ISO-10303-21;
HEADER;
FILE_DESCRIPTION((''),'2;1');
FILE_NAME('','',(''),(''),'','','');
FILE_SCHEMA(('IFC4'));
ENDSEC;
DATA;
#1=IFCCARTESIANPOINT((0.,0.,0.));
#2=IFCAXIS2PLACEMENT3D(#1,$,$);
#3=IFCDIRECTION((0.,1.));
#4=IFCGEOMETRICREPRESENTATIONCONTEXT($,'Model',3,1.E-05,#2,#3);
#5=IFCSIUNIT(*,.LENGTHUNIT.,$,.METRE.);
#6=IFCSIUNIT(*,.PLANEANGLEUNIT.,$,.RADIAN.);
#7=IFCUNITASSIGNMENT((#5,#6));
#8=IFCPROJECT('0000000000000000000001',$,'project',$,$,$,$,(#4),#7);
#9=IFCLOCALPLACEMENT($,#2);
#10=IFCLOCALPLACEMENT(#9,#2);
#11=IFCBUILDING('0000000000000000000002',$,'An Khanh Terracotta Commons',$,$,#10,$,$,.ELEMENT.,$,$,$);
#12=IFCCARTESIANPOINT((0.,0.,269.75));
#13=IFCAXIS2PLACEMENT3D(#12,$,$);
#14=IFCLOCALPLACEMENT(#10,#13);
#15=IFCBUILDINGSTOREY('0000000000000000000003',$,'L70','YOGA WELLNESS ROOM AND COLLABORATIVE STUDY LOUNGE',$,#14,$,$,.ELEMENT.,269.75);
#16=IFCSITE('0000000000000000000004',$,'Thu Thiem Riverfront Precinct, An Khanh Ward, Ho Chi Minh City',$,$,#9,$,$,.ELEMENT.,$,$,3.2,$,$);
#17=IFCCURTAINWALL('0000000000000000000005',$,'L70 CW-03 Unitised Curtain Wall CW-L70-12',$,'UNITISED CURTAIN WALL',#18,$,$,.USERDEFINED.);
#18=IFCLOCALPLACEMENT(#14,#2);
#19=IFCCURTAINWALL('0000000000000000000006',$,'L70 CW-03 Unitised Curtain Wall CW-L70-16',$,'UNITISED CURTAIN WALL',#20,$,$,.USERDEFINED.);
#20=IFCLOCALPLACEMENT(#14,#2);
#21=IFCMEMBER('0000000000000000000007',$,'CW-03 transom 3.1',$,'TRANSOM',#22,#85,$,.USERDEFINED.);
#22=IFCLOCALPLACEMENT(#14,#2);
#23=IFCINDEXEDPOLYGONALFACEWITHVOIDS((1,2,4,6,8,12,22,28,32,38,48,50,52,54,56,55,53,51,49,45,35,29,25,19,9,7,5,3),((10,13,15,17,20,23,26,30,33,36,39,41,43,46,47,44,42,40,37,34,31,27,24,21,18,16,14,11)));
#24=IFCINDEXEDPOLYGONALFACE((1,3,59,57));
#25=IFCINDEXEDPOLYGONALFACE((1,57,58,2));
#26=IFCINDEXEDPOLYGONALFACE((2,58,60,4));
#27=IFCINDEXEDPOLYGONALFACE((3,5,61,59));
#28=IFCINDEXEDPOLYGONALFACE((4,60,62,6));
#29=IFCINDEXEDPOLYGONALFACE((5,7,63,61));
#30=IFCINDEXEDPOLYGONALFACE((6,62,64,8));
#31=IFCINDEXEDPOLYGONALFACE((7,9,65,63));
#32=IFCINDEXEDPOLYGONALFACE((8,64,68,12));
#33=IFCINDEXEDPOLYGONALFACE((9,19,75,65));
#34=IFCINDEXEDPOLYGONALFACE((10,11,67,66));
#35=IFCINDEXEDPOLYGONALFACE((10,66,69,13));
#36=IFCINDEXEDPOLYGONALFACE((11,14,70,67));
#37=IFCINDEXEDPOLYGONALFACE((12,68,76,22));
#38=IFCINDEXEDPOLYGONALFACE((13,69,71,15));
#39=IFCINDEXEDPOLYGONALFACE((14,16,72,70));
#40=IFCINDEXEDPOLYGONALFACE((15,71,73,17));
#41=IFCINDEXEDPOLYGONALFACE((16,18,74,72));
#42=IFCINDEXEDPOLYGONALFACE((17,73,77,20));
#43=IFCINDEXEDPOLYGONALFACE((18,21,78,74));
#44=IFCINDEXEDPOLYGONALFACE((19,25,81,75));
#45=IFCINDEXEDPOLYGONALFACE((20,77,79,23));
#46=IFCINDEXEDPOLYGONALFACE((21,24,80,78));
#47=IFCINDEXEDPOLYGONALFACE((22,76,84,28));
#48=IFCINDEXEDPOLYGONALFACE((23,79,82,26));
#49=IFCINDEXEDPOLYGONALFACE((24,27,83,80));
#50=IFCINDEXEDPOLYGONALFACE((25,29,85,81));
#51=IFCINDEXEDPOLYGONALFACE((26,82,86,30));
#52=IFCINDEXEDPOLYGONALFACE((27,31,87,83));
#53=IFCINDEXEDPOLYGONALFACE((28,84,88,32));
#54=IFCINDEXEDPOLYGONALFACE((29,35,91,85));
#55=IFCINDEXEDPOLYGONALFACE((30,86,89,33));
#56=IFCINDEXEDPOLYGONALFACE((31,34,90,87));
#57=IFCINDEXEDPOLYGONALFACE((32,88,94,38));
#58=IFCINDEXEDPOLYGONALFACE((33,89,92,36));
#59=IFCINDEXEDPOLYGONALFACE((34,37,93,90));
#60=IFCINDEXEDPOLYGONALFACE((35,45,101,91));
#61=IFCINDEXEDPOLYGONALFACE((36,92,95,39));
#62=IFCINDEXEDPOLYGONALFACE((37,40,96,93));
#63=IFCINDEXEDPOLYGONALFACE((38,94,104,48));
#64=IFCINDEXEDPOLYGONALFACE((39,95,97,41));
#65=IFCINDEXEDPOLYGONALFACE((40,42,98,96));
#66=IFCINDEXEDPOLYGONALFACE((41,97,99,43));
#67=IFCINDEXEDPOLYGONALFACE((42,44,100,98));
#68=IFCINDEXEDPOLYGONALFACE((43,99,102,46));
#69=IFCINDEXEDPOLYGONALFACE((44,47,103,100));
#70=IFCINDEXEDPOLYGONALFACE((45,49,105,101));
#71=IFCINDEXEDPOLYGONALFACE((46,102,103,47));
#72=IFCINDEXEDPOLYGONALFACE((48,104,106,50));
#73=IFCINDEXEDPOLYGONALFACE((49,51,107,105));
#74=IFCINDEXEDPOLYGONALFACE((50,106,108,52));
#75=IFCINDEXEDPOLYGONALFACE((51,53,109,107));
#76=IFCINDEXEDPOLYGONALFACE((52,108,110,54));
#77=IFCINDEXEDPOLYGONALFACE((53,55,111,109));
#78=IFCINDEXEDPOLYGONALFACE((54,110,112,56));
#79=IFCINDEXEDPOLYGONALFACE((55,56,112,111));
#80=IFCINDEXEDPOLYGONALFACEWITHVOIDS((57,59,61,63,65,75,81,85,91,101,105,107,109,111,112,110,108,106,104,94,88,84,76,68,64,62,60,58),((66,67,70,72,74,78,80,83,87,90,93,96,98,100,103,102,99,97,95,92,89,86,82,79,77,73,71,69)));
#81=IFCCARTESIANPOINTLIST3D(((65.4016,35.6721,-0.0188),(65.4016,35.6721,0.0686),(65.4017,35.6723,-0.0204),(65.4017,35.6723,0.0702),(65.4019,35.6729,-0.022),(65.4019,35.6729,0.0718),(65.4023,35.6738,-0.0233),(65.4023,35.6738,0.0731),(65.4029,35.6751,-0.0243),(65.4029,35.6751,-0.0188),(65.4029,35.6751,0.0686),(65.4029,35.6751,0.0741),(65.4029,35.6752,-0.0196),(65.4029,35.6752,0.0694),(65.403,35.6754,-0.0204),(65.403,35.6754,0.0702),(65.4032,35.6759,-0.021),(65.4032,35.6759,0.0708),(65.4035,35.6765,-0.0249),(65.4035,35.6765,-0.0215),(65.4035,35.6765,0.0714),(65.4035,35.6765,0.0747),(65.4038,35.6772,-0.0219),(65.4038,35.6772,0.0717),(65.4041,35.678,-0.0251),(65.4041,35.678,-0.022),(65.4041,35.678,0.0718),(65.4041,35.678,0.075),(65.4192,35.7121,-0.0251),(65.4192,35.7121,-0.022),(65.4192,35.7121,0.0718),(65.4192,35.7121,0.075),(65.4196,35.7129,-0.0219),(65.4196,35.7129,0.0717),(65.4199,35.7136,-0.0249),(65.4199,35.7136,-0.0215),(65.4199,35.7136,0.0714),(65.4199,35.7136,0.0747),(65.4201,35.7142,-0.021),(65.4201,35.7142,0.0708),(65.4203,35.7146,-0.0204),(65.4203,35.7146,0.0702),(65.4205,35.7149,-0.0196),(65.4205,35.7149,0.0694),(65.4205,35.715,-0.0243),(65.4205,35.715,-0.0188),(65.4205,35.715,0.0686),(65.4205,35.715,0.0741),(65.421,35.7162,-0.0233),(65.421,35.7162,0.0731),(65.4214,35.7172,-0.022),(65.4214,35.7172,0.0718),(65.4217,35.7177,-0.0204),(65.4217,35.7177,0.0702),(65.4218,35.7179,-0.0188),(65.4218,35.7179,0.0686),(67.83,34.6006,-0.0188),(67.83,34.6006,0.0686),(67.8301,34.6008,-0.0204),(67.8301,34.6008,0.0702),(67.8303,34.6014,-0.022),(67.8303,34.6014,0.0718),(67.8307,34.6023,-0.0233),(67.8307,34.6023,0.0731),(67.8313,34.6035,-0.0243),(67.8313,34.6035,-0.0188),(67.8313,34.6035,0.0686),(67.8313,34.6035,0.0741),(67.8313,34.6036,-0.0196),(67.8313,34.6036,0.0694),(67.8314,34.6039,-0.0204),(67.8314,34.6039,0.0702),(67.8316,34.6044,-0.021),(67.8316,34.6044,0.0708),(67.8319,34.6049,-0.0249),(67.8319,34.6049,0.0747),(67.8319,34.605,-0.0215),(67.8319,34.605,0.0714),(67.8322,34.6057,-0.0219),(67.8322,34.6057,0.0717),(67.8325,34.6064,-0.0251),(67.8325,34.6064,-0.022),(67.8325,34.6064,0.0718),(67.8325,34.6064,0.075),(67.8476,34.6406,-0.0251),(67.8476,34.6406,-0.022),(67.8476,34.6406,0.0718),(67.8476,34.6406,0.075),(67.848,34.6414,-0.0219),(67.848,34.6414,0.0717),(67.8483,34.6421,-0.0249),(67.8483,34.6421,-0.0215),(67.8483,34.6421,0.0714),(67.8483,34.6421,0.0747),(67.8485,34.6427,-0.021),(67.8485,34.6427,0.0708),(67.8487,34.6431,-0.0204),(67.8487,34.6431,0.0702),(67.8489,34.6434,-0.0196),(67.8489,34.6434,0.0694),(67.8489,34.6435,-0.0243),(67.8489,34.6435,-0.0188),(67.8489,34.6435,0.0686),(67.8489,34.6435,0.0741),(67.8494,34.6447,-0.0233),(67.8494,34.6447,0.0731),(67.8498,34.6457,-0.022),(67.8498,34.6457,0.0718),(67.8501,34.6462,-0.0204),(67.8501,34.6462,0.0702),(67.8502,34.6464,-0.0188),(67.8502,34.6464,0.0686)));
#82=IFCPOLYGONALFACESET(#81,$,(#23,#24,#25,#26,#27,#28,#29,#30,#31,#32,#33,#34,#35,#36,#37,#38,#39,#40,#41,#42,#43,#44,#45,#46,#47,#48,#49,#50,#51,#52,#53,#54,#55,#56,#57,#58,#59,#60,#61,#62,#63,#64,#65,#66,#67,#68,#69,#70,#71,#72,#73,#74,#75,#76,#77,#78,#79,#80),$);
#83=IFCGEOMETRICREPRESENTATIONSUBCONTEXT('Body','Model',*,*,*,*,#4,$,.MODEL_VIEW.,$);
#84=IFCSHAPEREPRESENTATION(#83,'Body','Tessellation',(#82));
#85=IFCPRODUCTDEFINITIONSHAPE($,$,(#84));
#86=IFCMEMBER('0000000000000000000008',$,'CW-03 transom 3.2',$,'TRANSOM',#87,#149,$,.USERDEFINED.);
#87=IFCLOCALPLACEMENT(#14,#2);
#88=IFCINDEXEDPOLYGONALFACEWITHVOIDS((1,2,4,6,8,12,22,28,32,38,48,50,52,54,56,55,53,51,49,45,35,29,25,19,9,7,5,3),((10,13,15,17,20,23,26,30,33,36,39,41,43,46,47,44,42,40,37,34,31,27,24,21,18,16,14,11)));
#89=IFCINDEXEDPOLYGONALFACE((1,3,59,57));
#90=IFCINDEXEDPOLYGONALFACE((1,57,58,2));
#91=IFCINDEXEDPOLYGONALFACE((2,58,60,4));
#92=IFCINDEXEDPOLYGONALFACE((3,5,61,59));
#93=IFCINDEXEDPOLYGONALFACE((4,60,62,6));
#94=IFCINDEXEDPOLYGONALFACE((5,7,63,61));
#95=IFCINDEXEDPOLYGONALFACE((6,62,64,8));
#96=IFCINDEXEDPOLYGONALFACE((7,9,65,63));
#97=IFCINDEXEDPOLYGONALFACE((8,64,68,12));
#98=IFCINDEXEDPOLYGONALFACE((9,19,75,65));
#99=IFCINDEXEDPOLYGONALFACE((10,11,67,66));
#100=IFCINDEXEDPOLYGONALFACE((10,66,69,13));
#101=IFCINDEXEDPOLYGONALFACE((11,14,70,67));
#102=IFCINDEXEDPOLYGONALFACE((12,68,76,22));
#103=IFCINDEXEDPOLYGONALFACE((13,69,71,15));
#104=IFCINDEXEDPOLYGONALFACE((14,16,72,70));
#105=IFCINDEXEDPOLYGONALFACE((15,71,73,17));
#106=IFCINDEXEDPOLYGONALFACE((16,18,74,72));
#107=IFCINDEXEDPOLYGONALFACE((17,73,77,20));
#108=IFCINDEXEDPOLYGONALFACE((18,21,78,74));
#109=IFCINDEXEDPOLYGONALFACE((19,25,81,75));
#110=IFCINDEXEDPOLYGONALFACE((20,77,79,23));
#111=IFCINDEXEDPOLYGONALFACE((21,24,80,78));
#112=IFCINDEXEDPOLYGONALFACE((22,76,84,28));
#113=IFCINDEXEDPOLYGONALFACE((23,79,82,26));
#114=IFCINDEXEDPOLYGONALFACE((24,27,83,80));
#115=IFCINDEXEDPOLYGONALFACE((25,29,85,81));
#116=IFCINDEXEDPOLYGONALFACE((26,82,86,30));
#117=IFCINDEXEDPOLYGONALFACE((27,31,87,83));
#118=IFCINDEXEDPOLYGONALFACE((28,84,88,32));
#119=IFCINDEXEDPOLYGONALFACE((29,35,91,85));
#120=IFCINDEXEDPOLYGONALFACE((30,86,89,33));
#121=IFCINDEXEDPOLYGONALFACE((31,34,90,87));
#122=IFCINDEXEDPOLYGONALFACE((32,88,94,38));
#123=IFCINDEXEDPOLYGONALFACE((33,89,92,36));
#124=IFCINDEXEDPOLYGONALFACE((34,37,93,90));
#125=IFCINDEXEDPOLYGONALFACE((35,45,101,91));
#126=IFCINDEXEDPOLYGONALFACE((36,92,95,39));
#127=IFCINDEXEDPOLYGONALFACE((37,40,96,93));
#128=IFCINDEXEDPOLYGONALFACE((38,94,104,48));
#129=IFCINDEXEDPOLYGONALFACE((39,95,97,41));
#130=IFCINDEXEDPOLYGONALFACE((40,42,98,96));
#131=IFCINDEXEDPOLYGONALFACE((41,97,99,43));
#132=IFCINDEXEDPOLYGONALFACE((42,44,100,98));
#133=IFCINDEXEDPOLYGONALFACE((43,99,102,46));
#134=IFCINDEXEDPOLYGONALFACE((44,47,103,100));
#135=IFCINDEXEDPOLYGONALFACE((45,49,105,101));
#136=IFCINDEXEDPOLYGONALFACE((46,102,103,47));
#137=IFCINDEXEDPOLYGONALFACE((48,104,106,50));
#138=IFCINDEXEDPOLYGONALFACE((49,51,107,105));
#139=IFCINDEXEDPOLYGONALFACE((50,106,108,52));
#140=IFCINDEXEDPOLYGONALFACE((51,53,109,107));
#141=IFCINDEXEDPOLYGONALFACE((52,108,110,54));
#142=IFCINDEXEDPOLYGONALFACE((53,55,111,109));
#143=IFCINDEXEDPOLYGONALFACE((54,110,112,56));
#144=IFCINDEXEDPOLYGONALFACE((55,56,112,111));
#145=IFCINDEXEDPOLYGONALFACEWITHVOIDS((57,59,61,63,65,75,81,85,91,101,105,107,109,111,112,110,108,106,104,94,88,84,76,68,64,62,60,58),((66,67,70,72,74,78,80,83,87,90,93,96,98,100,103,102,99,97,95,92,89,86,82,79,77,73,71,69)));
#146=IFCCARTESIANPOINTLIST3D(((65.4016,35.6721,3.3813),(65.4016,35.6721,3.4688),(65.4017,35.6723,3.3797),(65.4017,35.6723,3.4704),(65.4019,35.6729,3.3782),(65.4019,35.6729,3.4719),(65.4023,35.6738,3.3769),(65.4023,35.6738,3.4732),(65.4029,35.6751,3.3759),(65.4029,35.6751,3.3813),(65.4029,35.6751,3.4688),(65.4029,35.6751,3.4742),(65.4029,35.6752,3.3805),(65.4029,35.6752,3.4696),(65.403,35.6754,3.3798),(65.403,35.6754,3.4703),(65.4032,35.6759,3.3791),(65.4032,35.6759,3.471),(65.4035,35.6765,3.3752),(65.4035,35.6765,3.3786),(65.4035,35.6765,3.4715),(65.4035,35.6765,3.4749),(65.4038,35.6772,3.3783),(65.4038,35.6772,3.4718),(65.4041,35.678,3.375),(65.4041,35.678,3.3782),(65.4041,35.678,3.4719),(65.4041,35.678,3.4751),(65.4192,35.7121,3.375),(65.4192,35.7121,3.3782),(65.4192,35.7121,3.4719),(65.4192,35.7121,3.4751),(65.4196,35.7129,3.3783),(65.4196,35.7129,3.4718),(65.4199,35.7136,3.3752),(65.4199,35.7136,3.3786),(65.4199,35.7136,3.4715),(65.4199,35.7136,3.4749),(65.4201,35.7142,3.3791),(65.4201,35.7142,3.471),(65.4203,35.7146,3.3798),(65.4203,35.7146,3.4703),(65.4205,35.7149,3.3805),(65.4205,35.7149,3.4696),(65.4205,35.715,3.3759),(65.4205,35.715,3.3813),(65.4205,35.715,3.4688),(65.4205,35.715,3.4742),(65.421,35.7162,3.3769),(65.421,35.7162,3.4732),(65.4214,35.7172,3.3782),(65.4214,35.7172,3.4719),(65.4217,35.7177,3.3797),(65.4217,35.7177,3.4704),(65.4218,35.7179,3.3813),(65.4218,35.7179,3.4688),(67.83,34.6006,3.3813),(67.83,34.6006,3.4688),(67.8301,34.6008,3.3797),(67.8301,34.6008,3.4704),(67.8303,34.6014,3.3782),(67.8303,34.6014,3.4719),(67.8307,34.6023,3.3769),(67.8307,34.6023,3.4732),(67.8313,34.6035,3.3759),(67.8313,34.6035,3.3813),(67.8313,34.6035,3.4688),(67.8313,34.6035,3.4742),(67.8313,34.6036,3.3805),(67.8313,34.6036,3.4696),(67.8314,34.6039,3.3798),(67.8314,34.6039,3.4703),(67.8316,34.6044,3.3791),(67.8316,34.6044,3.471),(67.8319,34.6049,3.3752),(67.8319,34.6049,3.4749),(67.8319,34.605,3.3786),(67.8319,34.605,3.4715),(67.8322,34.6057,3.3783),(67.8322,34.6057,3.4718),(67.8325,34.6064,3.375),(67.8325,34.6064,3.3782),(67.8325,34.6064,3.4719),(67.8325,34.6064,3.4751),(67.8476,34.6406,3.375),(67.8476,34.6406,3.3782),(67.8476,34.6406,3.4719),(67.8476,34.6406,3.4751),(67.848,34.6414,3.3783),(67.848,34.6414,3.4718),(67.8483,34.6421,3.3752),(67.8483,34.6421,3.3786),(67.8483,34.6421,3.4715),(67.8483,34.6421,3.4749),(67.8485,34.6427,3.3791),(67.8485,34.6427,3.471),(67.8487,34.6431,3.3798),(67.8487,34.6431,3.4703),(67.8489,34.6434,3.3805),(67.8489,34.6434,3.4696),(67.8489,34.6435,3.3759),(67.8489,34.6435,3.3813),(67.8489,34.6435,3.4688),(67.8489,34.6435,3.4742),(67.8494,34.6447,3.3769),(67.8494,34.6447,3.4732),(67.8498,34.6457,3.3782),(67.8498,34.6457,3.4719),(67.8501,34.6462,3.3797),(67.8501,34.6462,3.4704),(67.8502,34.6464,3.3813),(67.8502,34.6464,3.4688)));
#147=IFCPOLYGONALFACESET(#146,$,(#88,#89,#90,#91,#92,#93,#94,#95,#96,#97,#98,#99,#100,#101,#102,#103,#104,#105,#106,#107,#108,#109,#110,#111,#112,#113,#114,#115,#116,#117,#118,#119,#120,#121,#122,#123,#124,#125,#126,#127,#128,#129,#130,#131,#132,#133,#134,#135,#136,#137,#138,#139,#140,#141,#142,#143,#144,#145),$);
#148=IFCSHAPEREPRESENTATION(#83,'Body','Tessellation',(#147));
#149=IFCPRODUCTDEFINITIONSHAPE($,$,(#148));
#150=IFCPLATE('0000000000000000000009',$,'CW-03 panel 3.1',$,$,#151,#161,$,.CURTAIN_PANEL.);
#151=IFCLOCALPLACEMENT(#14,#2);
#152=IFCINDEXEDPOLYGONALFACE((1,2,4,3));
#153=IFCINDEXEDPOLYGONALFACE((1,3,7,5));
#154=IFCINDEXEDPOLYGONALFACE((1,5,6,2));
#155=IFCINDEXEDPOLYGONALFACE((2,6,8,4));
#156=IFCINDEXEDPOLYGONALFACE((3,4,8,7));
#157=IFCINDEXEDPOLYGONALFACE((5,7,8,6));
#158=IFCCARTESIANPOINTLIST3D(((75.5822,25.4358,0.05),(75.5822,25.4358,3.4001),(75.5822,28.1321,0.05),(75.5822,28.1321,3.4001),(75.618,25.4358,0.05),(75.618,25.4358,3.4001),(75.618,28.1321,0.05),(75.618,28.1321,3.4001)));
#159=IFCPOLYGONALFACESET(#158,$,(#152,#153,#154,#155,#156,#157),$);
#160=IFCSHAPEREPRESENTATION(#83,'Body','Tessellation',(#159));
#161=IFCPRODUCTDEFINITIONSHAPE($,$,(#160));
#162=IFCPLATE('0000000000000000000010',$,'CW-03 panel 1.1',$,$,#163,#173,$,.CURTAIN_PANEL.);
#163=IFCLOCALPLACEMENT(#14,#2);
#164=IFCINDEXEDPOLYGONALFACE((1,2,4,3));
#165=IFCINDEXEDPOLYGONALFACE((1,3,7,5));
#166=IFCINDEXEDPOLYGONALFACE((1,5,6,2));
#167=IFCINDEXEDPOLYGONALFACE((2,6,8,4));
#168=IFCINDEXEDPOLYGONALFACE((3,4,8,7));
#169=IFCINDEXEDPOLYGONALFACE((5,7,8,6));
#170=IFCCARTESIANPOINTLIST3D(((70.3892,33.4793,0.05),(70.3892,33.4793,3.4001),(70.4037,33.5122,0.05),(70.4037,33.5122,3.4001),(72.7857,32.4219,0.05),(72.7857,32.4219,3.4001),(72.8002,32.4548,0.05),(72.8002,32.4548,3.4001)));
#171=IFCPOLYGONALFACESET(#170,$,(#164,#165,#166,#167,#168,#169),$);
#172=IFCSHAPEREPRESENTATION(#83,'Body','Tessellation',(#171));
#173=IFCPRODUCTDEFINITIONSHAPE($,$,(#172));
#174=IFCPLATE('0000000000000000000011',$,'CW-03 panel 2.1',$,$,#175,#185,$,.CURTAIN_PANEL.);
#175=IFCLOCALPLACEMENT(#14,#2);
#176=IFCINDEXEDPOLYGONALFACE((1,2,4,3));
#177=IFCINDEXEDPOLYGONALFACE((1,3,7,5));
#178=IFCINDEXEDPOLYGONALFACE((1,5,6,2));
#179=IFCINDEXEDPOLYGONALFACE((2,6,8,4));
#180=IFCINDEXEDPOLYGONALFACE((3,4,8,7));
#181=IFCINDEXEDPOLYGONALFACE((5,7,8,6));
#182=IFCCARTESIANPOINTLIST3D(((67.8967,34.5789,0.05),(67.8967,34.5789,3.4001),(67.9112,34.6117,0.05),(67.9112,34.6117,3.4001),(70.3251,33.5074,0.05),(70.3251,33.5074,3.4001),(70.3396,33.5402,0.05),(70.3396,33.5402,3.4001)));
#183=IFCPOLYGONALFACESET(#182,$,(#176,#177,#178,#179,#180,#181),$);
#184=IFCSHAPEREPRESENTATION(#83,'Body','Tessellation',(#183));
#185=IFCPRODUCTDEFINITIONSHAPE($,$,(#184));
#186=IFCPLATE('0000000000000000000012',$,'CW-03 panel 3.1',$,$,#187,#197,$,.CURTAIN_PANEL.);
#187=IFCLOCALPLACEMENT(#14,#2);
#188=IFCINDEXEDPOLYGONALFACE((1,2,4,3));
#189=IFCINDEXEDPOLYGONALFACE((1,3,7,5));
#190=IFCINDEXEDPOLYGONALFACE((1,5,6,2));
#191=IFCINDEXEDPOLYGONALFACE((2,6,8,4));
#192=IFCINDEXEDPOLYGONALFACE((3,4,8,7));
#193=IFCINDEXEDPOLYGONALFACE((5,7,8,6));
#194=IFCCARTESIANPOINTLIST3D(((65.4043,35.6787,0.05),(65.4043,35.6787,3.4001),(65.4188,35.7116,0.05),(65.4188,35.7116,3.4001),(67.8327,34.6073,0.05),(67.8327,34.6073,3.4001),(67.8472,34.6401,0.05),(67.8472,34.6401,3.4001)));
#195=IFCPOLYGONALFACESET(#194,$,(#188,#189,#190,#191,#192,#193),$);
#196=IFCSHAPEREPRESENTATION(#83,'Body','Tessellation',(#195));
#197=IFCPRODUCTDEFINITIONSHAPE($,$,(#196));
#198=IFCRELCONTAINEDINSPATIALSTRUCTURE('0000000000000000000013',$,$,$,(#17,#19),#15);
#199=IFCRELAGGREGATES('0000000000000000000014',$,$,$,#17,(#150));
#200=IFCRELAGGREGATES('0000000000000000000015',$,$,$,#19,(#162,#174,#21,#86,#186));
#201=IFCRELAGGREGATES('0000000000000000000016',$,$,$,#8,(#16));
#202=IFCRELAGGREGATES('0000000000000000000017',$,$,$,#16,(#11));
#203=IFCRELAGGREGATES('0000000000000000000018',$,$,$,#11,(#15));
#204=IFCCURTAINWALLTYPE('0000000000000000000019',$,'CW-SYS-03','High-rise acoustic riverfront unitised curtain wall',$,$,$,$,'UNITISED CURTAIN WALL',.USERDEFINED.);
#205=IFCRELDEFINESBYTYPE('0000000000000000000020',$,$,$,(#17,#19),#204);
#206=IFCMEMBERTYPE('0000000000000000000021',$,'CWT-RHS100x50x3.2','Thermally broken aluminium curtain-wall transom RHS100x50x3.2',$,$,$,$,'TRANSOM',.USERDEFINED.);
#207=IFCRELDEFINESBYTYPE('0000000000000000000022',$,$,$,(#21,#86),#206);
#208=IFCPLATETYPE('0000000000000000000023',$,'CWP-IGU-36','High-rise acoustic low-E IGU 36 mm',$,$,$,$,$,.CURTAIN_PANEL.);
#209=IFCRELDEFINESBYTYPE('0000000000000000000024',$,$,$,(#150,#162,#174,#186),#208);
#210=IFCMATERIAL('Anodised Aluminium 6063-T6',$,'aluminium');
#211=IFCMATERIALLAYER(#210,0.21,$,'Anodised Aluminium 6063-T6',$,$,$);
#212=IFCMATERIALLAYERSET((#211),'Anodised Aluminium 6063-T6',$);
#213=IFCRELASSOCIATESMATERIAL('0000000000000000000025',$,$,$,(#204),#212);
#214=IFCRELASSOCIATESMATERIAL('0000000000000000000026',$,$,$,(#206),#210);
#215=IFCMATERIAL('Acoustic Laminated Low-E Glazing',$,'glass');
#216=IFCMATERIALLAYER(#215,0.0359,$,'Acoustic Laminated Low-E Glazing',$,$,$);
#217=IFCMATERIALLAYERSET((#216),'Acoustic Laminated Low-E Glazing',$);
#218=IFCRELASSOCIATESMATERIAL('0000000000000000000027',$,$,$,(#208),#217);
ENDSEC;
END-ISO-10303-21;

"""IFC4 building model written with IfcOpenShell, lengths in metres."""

from ifc_helpers import new_model, si_unit, direction, frame, origin, origin_2d, place, context, subcontext, project, spatial, rectangle, hollow_rectangle, extrude, material, layer, layer_set, material_profile, profile_set, type_object, element, aggregate, save


model = new_model("IFC4")

# Units and contexts
model_context = context("Model", 3, precision=1e-05, world=origin(), true_north=direction((0.0, 1.0)))
body_context = subcontext(model_context, "Body", "Model", "MODEL_VIEW")
ifc_project = project(units=[si_unit("LENGTHUNIT", "METRE"), si_unit("PLANEANGLEUNIT", "RADIAN")], contexts=[model_context])

# Site, building, storey
site_placement = place(None, origin())
site = spatial("IfcSite", under=ifc_project, at=site_placement, Name="Thu Thiem Riverfront Precinct, An Khanh Ward, Ho Chi Minh City", CompositionType="ELEMENT", RefElevation=3.2)
building_placement = place(site_placement, origin())
building = spatial("IfcBuilding", under=site, at=building_placement, Name="An Khanh Terracotta Commons", CompositionType="ELEMENT")
storey_placement = place(building_placement, frame((0.0, 0.0, 269.75)))
storey = spatial("IfcBuildingStorey", under=building, at=storey_placement, Name="L70", Description="YOGA WELLNESS ROOM AND COLLABORATIVE STUDY LOUNGE", CompositionType="ELEMENT", Elevation=269.75)

# Curtain walls
ifc_material_1 = material(Name="Anodised Aluminium 6063-T6", Category="aluminium")
ifc_layer_1 = layer(ifc_material_1, 0.21, Name="Anodised Aluminium 6063-T6")
ifc_layer_set_1 = layer_set([ifc_layer_1], Name="Anodised Aluminium 6063-T6")
curtain_wall_type = type_object("IfcCurtainWallType", Name="CW-SYS-03", Description="High-rise acoustic riverfront unitised curtain wall", ElementType="UNITISED CURTAIN WALL", PredefinedType="USERDEFINED", material=ifc_layer_set_1)
curtain_wall_1_placement = place(storey_placement, origin())
curtain_wall_1 = element("IfcCurtainWall", 1, at=curtain_wall_1_placement, inside=storey, type_object=curtain_wall_type, Name="L70 CW-03 Unitised Curtain Wall CW-L70-12", ObjectType="UNITISED CURTAIN WALL", PredefinedType="USERDEFINED")
curtain_wall_2_placement = place(storey_placement, origin())
curtain_wall_2 = element("IfcCurtainWall", 2, at=curtain_wall_2_placement, inside=storey, type_object=curtain_wall_type, Name="L70 CW-03 Unitised Curtain Wall CW-L70-16", ObjectType="UNITISED CURTAIN WALL", PredefinedType="USERDEFINED")

# Members
ifc_material_profile_1 = material_profile(ifc_material_1, hollow_rectangle(XDim=0.05, YDim=0.1001, WallThickness=0.0032, InnerFilletRadius=0.0032, OuterFilletRadius=0.0063, at=origin_2d()), Name="RHS100x50x3.2")
ifc_profile_set_1 = profile_set([ifc_material_profile_1], Name="Anodised Aluminium 6063-T6")
member_type_1 = type_object("IfcMemberType", Name="CWT-RHS100x50x3.2", Description="Thermally broken aluminium curtain-wall transom RHS100x50x3.2", ElementType="TRANSOM", PredefinedType="USERDEFINED", material=ifc_profile_set_1)
member_1_placement = place(storey_placement, frame((67.8401, 34.6235, 0.0249), z_axis=(-0.914897, 0.403688, 0.0), x_axis=(-0.403688, -0.914897, 0.0)))
member_1 = element("IfcMember", 3, at=member_1_placement, type_object=member_type_1, Name="CW-03 transom 3.1", ObjectType="TRANSOM", PredefinedType="USERDEFINED", context=body_context, shape_type="SweptSolid", body=[
    extrude(hollow_rectangle(XDim=0.05, YDim=0.1001, WallThickness=0.0032, InnerFilletRadius=0.0032, OuterFilletRadius=0.0063, at=origin_2d()), origin(), (0.0, 0.0, 1.0), 2.6543),
])
member_2_placement = place(storey_placement, frame((67.8401, 34.6235, 3.425), z_axis=(-0.914897, 0.403688, 0.0), x_axis=(-0.403688, -0.914897, 0.0)))
member_2 = element("IfcMember", 4, at=member_2_placement, type_object=member_type_1, Name="CW-03 transom 3.2", ObjectType="TRANSOM", PredefinedType="USERDEFINED", context=body_context, shape_type="SweptSolid", body=[
    extrude(hollow_rectangle(XDim=0.05, YDim=0.1001, WallThickness=0.0032, InnerFilletRadius=0.0032, OuterFilletRadius=0.0063, at=origin_2d()), origin(), (0.0, 0.0, 1.0), 2.6543),
])

# Plates
ifc_material_2 = material(Name="Acoustic Laminated Low-E Glazing", Category="glass")
ifc_layer_2 = layer(ifc_material_2, 0.0359, Name="Acoustic Laminated Low-E Glazing")
ifc_layer_set_2 = layer_set([ifc_layer_2], Name="Acoustic Laminated Low-E Glazing")
plate_type = type_object("IfcPlateType", Name="CWP-IGU-36", Description="High-rise acoustic low-E IGU 36 mm", PredefinedType="CURTAIN_PANEL", material=ifc_layer_set_2)
plate_1_placement = place(storey_placement, frame((75.6001, 26.7839, 0.05), z_axis=(0.0, 0.0, 1.0), x_axis=(0.0, 1.0, 0.0)))
plate_1 = element("IfcPlate", 5, at=plate_1_placement, type_object=plate_type, Name="CW-03 panel 3.1", PredefinedType="CURTAIN_PANEL", context=body_context, shape_type="SweptSolid", body=[
    extrude(rectangle(XDim=2.6963, YDim=0.0359, at=origin_2d()), origin(), (0.0, 0.0, 1.0), 3.3501),
])
aggregate(curtain_wall_1, [plate_1])
plate_2_placement = place(storey_placement, frame((71.5947, 32.967, 0.05), z_axis=(0.0, 0.0, 1.0), x_axis=(-0.914902, 0.403676, 0.0)))
plate_2 = element("IfcPlate", 6, at=plate_2_placement, type_object=plate_type, Name="CW-03 panel 1.1", PredefinedType="CURTAIN_PANEL", context=body_context, shape_type="SweptSolid", body=[
    extrude(rectangle(XDim=2.6194, YDim=0.0359, at=origin_2d()), origin(), (0.0, 0.0, 1.0), 3.3501),
])
plate_3_placement = place(storey_placement, frame((69.1182, 34.0596, 0.05), z_axis=(0.0, 0.0, 1.0), x_axis=(-0.914902, 0.403676, 0.0)))
plate_3 = element("IfcPlate", 7, at=plate_3_placement, type_object=plate_type, Name="CW-03 panel 2.1", PredefinedType="CURTAIN_PANEL", context=body_context, shape_type="SweptSolid", body=[
    extrude(rectangle(XDim=2.6543, YDim=0.0359, at=origin_2d()), origin(), (0.0, 0.0, 1.0), 3.3501),
])
plate_4_placement = place(storey_placement, frame((66.6257, 35.1594, 0.05), z_axis=(0.0, 0.0, 1.0), x_axis=(-0.914902, 0.403676, 0.0)))
plate_4 = element("IfcPlate", 8, at=plate_4_placement, type_object=plate_type, Name="CW-03 panel 3.1", PredefinedType="CURTAIN_PANEL", context=body_context, shape_type="SweptSolid", body=[
    extrude(rectangle(XDim=2.6543, YDim=0.0359, at=origin_2d()), origin(), (0.0, 0.0, 1.0), 3.3501),
])
aggregate(curtain_wall_2, [plate_2, plate_3, member_1, member_2, plate_4])

save(model, "model.ifc")
